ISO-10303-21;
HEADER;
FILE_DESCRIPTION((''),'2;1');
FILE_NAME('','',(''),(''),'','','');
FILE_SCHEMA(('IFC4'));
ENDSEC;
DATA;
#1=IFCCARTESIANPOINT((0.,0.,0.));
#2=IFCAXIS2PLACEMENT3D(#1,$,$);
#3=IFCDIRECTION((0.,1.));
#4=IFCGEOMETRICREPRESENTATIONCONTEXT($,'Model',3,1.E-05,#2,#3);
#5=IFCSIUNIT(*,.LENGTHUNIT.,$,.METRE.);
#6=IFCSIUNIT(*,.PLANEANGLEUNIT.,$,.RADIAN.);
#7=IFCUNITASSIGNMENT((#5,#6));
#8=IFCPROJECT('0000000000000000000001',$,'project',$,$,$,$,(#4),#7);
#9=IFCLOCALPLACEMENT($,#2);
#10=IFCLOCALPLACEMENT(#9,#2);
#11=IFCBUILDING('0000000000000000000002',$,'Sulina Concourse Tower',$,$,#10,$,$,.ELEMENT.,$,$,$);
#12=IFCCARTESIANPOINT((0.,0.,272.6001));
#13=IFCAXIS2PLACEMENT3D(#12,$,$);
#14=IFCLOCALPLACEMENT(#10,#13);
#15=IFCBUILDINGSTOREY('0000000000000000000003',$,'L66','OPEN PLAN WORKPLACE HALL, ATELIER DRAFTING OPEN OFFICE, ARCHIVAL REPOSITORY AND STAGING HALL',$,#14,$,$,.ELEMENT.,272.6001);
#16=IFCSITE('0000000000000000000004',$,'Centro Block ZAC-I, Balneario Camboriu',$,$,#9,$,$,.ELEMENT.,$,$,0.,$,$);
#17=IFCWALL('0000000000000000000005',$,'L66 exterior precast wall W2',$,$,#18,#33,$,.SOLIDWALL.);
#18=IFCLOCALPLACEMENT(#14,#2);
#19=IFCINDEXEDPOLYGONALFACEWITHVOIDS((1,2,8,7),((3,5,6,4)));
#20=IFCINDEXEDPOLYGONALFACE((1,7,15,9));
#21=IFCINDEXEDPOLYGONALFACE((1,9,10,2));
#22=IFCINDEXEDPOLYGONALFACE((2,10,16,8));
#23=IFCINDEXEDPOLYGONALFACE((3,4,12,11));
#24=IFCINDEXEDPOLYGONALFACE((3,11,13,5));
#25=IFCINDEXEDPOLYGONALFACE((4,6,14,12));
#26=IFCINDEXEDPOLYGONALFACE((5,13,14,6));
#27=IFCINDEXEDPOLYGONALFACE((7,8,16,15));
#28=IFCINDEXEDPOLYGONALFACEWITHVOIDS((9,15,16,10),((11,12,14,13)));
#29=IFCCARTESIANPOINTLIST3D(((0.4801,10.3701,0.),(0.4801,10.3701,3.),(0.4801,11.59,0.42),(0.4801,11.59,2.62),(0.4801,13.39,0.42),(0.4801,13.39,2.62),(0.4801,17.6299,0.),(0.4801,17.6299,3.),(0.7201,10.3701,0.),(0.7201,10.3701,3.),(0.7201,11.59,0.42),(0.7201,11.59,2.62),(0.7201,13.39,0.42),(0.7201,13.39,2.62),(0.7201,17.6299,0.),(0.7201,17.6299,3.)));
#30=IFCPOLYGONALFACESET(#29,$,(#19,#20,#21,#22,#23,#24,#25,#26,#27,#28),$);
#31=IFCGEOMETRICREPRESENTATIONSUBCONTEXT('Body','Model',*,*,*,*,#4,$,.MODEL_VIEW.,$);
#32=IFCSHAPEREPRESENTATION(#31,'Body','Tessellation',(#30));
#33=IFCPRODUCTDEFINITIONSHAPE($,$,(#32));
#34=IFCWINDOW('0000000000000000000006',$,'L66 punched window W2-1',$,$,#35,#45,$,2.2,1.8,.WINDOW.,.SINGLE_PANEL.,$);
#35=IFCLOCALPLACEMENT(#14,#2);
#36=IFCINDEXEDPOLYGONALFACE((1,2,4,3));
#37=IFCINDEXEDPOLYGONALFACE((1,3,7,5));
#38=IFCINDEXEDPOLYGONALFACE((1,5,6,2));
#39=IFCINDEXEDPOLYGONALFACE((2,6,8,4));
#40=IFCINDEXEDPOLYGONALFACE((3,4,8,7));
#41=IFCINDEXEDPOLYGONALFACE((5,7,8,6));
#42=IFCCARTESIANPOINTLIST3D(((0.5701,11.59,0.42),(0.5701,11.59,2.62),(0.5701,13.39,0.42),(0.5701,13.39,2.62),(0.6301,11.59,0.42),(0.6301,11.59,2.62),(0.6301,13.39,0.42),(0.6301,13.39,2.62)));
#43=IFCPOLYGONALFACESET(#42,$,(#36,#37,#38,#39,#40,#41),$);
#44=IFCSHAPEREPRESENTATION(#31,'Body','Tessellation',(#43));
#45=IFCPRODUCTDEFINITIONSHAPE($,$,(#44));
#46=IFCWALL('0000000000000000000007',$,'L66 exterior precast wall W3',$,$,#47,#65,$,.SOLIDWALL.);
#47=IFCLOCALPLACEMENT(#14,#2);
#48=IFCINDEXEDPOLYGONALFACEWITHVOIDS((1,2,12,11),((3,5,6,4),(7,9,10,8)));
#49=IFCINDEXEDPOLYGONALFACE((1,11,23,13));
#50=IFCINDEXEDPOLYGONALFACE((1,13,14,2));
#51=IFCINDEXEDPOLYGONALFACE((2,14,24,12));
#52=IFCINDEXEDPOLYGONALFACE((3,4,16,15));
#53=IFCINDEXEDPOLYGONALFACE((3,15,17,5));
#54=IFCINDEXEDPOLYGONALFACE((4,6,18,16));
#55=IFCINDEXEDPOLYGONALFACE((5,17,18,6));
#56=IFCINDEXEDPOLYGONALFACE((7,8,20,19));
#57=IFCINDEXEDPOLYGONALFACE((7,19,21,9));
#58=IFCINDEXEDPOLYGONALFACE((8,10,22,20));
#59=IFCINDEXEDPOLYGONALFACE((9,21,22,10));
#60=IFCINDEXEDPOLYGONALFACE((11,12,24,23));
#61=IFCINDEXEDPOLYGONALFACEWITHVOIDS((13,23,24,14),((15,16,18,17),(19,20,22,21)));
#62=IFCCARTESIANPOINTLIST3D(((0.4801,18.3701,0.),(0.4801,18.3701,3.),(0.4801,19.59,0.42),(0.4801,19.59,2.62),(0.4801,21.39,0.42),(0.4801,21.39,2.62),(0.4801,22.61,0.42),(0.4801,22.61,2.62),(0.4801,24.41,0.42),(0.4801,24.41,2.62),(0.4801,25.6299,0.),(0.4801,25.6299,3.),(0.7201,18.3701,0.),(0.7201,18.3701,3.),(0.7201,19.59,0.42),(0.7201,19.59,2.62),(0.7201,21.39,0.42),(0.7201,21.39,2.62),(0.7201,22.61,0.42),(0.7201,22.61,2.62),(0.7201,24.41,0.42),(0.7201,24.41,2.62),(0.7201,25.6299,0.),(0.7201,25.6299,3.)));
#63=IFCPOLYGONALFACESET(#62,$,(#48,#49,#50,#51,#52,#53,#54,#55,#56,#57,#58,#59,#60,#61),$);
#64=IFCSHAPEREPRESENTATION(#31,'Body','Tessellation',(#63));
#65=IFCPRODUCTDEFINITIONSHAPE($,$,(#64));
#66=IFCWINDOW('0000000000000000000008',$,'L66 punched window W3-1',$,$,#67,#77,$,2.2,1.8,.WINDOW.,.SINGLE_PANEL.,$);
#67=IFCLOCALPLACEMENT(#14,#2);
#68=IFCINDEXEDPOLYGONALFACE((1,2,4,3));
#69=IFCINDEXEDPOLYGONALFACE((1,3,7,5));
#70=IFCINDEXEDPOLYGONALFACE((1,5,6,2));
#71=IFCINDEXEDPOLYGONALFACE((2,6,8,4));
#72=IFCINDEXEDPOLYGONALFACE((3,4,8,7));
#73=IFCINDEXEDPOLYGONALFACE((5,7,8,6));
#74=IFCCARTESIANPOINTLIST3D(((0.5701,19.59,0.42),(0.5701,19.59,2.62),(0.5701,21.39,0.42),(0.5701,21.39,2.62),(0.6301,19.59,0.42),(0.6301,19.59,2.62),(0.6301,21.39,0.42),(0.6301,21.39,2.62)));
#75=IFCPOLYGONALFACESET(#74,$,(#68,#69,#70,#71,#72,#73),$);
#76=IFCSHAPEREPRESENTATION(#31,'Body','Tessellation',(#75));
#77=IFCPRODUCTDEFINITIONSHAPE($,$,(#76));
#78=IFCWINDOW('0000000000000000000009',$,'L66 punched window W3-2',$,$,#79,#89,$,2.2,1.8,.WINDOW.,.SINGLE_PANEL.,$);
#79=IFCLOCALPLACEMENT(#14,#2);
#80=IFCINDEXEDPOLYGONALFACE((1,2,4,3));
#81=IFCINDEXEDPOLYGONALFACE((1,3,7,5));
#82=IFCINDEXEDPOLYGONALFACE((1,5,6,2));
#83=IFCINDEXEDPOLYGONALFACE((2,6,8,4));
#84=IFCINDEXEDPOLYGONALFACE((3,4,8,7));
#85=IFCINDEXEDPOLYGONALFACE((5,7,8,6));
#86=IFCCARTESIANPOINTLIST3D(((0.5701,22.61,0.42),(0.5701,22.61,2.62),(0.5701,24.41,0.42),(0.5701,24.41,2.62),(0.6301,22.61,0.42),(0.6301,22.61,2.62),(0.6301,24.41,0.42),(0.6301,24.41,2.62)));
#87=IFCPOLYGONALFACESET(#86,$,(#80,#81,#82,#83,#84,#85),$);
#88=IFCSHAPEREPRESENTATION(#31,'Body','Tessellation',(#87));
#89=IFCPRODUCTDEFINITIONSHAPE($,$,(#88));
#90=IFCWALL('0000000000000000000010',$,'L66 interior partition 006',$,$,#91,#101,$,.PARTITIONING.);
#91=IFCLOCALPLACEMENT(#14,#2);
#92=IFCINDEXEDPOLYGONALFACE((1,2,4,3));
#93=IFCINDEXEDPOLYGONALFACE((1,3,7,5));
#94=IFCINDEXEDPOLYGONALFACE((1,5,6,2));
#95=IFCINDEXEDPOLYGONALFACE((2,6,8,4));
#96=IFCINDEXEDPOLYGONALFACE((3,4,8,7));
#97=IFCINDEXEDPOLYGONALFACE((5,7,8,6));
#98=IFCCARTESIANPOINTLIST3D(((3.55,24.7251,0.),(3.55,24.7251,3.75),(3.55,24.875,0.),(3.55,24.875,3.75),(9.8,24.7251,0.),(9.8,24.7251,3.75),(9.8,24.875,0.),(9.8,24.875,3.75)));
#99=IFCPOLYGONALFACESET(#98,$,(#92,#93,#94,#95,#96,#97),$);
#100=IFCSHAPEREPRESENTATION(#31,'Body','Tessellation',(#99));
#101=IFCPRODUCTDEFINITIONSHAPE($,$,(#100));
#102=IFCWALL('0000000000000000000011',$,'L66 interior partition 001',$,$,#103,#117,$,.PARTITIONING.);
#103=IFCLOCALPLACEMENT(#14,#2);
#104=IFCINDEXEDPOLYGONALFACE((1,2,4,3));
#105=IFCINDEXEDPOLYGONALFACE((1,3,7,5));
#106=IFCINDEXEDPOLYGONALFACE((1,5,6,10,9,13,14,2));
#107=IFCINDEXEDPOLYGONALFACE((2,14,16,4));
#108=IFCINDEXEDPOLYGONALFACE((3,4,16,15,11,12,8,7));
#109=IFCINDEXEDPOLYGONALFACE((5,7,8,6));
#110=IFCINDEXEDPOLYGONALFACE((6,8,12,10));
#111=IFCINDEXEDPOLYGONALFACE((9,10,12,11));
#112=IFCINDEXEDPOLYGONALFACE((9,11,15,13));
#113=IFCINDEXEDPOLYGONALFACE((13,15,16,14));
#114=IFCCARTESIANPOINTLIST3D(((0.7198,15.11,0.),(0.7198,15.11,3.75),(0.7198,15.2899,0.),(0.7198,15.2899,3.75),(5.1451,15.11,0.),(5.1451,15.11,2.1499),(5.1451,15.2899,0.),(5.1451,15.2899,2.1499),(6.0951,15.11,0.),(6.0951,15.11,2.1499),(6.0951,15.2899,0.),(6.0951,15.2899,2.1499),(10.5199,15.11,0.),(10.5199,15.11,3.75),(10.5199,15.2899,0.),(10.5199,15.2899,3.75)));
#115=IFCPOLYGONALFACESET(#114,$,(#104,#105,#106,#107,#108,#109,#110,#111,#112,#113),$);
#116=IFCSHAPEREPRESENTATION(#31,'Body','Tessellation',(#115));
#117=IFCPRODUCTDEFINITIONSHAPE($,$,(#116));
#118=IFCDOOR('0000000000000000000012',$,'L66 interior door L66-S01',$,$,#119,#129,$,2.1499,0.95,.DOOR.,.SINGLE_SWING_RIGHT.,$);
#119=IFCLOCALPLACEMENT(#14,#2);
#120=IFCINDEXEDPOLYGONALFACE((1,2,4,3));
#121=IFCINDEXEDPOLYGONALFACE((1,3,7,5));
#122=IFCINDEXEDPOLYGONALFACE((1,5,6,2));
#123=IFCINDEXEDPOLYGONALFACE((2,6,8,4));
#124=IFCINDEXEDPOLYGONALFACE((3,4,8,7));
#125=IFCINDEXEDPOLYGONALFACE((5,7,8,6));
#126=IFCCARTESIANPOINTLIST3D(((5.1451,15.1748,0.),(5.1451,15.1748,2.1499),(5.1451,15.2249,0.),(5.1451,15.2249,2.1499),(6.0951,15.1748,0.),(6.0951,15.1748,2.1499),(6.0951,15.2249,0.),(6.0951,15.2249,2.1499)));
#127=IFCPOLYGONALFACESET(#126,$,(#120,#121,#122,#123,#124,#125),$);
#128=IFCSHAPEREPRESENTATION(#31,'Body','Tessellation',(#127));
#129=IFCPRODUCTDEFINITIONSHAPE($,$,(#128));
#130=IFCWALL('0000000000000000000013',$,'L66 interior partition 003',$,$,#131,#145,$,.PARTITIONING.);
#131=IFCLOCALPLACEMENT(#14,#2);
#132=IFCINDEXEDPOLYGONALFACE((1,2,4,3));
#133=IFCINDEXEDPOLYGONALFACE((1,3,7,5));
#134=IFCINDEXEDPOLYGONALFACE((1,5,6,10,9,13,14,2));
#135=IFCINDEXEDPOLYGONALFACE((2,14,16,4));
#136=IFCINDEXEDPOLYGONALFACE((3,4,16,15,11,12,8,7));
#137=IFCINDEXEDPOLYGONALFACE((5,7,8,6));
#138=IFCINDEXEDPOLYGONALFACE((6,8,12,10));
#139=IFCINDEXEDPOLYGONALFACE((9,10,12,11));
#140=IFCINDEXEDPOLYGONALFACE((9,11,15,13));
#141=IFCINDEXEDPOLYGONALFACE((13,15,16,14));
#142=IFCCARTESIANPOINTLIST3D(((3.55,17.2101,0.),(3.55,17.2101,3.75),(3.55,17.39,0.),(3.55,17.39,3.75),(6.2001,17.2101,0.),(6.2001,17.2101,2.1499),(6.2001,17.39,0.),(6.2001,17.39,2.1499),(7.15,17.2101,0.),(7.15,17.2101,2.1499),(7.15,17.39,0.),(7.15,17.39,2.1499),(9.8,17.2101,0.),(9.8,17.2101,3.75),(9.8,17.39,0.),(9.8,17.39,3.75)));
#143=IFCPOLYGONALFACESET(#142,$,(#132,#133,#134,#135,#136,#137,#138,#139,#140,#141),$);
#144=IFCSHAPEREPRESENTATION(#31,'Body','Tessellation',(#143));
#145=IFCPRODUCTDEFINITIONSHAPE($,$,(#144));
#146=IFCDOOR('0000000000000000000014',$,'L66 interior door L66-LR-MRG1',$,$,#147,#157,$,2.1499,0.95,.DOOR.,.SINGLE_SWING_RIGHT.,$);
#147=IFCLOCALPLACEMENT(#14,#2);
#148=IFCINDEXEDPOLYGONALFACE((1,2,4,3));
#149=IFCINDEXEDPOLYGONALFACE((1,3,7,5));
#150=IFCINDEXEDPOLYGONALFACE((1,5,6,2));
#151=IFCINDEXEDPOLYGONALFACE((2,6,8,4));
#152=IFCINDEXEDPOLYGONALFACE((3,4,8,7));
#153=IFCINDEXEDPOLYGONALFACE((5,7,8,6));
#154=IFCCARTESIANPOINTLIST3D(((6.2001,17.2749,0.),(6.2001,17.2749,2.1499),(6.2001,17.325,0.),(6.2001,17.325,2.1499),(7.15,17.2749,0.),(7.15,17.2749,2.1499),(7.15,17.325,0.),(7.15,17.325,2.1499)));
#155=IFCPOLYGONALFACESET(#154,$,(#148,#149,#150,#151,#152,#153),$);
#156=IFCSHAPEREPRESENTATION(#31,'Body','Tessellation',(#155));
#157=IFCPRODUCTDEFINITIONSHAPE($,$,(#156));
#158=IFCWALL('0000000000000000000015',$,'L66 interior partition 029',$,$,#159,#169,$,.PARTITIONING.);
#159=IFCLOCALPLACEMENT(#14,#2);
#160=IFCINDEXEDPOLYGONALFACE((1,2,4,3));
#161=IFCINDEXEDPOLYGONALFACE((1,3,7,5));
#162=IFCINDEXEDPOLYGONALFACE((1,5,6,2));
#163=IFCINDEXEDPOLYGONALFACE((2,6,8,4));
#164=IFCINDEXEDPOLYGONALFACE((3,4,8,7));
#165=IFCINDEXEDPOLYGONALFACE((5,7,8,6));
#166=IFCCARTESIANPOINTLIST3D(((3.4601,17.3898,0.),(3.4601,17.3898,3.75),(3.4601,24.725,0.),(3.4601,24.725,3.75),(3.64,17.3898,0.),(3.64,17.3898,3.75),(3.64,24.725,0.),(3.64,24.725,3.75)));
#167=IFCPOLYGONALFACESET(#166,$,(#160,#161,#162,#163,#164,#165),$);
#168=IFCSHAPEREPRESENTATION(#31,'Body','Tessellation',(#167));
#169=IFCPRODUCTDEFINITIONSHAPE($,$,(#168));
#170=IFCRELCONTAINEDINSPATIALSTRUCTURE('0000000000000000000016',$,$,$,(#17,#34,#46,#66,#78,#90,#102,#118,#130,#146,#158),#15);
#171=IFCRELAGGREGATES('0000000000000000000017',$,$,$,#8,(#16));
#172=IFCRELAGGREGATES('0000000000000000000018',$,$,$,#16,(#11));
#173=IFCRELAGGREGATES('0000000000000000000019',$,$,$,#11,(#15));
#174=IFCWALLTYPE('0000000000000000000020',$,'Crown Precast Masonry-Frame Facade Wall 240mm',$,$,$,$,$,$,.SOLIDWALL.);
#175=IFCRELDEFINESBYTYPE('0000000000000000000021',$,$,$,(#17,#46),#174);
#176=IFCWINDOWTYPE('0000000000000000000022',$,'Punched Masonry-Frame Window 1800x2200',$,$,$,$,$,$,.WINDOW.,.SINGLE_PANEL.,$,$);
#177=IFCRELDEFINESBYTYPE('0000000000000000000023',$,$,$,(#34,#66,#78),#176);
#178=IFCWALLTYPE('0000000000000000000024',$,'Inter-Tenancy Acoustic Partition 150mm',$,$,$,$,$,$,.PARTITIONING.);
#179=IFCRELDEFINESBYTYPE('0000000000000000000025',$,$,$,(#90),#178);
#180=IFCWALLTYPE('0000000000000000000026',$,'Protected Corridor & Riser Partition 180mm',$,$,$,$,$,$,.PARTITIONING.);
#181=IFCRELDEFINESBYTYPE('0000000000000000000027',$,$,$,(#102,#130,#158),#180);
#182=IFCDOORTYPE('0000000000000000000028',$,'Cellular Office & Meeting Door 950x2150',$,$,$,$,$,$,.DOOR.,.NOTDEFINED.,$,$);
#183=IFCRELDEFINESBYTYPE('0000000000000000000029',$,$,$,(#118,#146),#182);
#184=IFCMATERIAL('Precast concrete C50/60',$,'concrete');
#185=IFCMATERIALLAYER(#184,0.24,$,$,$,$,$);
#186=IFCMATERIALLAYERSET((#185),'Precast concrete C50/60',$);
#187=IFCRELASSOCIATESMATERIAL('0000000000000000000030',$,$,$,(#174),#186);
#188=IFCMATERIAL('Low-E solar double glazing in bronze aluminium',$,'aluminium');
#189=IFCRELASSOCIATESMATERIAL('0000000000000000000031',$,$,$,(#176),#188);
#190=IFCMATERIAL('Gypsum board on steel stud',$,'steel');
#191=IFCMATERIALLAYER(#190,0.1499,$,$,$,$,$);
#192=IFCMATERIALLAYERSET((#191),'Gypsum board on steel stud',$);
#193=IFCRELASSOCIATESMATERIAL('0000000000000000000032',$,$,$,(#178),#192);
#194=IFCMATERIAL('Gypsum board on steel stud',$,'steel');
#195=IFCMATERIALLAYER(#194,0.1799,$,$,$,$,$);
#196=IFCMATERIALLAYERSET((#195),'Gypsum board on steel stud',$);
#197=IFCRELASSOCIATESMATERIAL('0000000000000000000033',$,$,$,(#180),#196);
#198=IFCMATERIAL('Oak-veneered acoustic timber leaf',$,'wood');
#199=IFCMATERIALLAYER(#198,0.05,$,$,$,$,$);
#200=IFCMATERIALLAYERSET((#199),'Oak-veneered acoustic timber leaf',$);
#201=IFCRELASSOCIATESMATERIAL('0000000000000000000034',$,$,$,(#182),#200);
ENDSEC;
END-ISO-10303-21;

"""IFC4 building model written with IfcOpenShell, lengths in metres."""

from ifc_helpers import new_model, si_unit, direction, frame, frame_2d, origin, place, context, subcontext, project, spatial, rectangle, extrude, material, layer, layer_set, type_object, element, fill, save


model = new_model("IFC4")

# Units and contexts
model_context = context("Model", 3, precision=1e-05, world=origin(), true_north=direction((0.0, 1.0)))
body_context = subcontext(model_context, "Body", "Model", "MODEL_VIEW")
ifc_project = project(units=[si_unit("LENGTHUNIT", "METRE"), si_unit("PLANEANGLEUNIT", "RADIAN")], contexts=[model_context])

# Site, building, storey
site_placement = place(None, origin())
site = spatial("IfcSite", under=ifc_project, at=site_placement, Name="Centro Block ZAC-I, Balneario Camboriu", CompositionType="ELEMENT", RefElevation=0.0)
building_placement = place(site_placement, origin())
building = spatial("IfcBuilding", under=site, at=building_placement, Name="Sulina Concourse Tower", CompositionType="ELEMENT")
storey_placement = place(building_placement, frame((0.0, 0.0, 272.6001)))
storey = spatial("IfcBuildingStorey", under=building, at=storey_placement, Name="L66", Description="OPEN PLAN WORKPLACE HALL, ATELIER DRAFTING OPEN OFFICE, ARCHIVAL REPOSITORY AND STAGING HALL", CompositionType="ELEMENT", Elevation=272.6001)

# Wall, opening, window
ifc_material_1 = material(Name="Precast concrete C50/60", Category="concrete")
ifc_layer_1 = layer(ifc_material_1, 0.24)
ifc_layer_set_1 = layer_set([ifc_layer_1], Name="Precast concrete C50/60")
wall_type_1 = type_object("IfcWallType", Name="Crown Precast Masonry-Frame Facade Wall 240mm", PredefinedType="SOLIDWALL", material=ifc_layer_set_1)
wall_1_placement = place(storey_placement, frame((0.6001, 10.3701, 0.0), z_axis=(0.0, 0.0, 1.0), x_axis=(0.0, 1.0, 0.0)))
wall_1 = element("IfcWall", 1, at=wall_1_placement, inside=storey, type_object=wall_type_1, Name="L66 exterior precast wall W2", PredefinedType="SOLIDWALL", context=body_context, shape_type="SweptSolid", body=[
    extrude(rectangle(XDim=7.2598, YDim=0.24, at=frame_2d((3.6299, 0.0))), origin(), (0.0, 0.0, 1.0), 3.0),
])
opening_1_placement = place(wall_1_placement, frame((1.22, 0.0, 0.4199)))
opening_1 = element("IfcOpeningElement", 2, at=opening_1_placement, cuts=wall_1, PredefinedType="OPENING", context=body_context, shape_type="SweptSolid", body=[
    extrude(rectangle(XDim=1.8, YDim=2.2, at=frame_2d((0.8999, 1.1001))), frame((0.0, 0.1299, 0.0), z_axis=(0.0, -1.0, 0.0), x_axis=(1.0, 0.0, 0.0)), (0.0, 0.0, 1.0), 0.26),
])
ifc_material_2 = material(Name="Low-E solar double glazing in bronze aluminium", Category="aluminium")
window_type = type_object("IfcWindowType", Name="Punched Masonry-Frame Window 1800x2200", PartitioningType="SINGLE_PANEL", PredefinedType="WINDOW", material=ifc_material_2)
window_1_placement = place(opening_1_placement, origin())
window_1 = element("IfcWindow", 3, at=window_1_placement, inside=storey, type_object=window_type, Name="L66 punched window W2-1", OverallHeight=2.2, OverallWidth=1.8, PartitioningType="SINGLE_PANEL", PredefinedType="WINDOW", context=body_context, shape_type="SweptSolid", body=[
    extrude(rectangle(XDim=1.8, YDim=2.2, at=frame_2d((0.8999, 1.1001))), frame((0.0, 0.03, 0.0), z_axis=(0.0, -1.0, 0.0), x_axis=(1.0, 0.0, 0.0)), (0.0, 0.0, 1.0), 0.0601),
])
fill(opening_1, window_1)

# Wall, openings, windows
wall_2_placement = place(storey_placement, frame((0.6001, 18.3701, 0.0), z_axis=(0.0, 0.0, 1.0), x_axis=(0.0, 1.0, 0.0)))
wall_2 = element("IfcWall", 4, at=wall_2_placement, inside=storey, type_object=wall_type_1, Name="L66 exterior precast wall W3", PredefinedType="SOLIDWALL", context=body_context, shape_type="SweptSolid", body=[
    extrude(rectangle(XDim=7.2598, YDim=0.24, at=frame_2d((3.6299, 0.0))), origin(), (0.0, 0.0, 1.0), 3.0),
])
opening_2_placement = place(wall_2_placement, frame((1.22, 0.0, 0.4199)))
opening_2 = element("IfcOpeningElement", 5, at=opening_2_placement, cuts=wall_2, PredefinedType="OPENING", context=body_context, shape_type="SweptSolid", body=[
    extrude(rectangle(XDim=1.8, YDim=2.2, at=frame_2d((0.8999, 1.1001))), frame((0.0, 0.1299, 0.0), z_axis=(0.0, -1.0, 0.0), x_axis=(1.0, 0.0, 0.0)), (0.0, 0.0, 1.0), 0.26),
])
opening_3_placement = place(wall_2_placement, frame((4.24, 0.0, 0.4199)))
opening_3 = element("IfcOpeningElement", 6, at=opening_3_placement, cuts=wall_2, PredefinedType="OPENING", context=body_context, shape_type="SweptSolid", body=[
    extrude(rectangle(XDim=1.8, YDim=2.2, at=frame_2d((0.8999, 1.1001))), frame((0.0, 0.1299, 0.0), z_axis=(0.0, -1.0, 0.0), x_axis=(1.0, 0.0, 0.0)), (0.0, 0.0, 1.0), 0.26),
])
window_2_placement = place(opening_2_placement, origin())
window_2 = element("IfcWindow", 7, at=window_2_placement, inside=storey, type_object=window_type, Name="L66 punched window W3-1", OverallHeight=2.2, OverallWidth=1.8, PartitioningType="SINGLE_PANEL", PredefinedType="WINDOW", context=body_context, shape_type="SweptSolid", body=[
    extrude(rectangle(XDim=1.8, YDim=2.2, at=frame_2d((0.8999, 1.1001))), frame((0.0, 0.03, 0.0), z_axis=(0.0, -1.0, 0.0), x_axis=(1.0, 0.0, 0.0)), (0.0, 0.0, 1.0), 0.0601),
])
fill(opening_2, window_2)
window_3_placement = place(opening_3_placement, origin())
window_3 = element("IfcWindow", 8, at=window_3_placement, inside=storey, type_object=window_type, Name="L66 punched window W3-2", OverallHeight=2.2, OverallWidth=1.8, PartitioningType="SINGLE_PANEL", PredefinedType="WINDOW", context=body_context, shape_type="SweptSolid", body=[
    extrude(rectangle(XDim=1.8, YDim=2.2, at=frame_2d((0.8999, 1.1001))), frame((0.0, 0.03, 0.0), z_axis=(0.0, -1.0, 0.0), x_axis=(1.0, 0.0, 0.0)), (0.0, 0.0, 1.0), 0.0601),
])
fill(opening_3, window_3)

# Wall
ifc_material_3 = material(Name="Gypsum board on steel stud", Category="steel")
ifc_layer_2 = layer(ifc_material_3, 0.1499)
ifc_layer_set_2 = layer_set([ifc_layer_2], Name="Gypsum board on steel stud")
wall_type_2 = type_object("IfcWallType", Name="Inter-Tenancy Acoustic Partition 150mm", PredefinedType="PARTITIONING", material=ifc_layer_set_2)
wall_3_placement = place(storey_placement, frame((3.55, 24.8, 0.0), z_axis=(0.0, 0.0, 1.0), x_axis=(1.0, 0.0, 0.0)))
element("IfcWall", 9, at=wall_3_placement, inside=storey, type_object=wall_type_2, Name="L66 interior partition 006", PredefinedType="PARTITIONING", context=body_context, shape_type="SweptSolid", body=[
    extrude(rectangle(XDim=6.25, YDim=0.1499, at=frame_2d((3.125, 0.0))), origin(), (0.0, 0.0, 1.0), 3.75),
])

# Walls, openings, doors
ifc_material_4 = material(Name="Gypsum board on steel stud", Category="steel")
ifc_layer_3 = layer(ifc_material_4, 0.1799)
ifc_layer_set_3 = layer_set([ifc_layer_3], Name="Gypsum board on steel stud")
wall_type_3 = type_object("IfcWallType", Name="Protected Corridor & Riser Partition 180mm", PredefinedType="PARTITIONING", material=ifc_layer_set_3)
wall_4_placement = place(storey_placement, frame((0.72, 15.2, 0.0), z_axis=(0.0, 0.0, 1.0), x_axis=(1.0, 0.0, 0.0)))
wall_4 = element("IfcWall", 10, at=wall_4_placement, inside=storey, type_object=wall_type_3, Name="L66 interior partition 001", PredefinedType="PARTITIONING", context=body_context, shape_type="SweptSolid", body=[
    extrude(rectangle(XDim=9.8, YDim=0.1799, at=frame_2d((4.8999, 0.0))), origin(), (0.0, 0.0, 1.0), 3.75),
])
opening_4_placement = place(wall_4_placement, frame((4.425, 0.0, 0.0)))
opening_4 = element("IfcOpeningElement", 11, at=opening_4_placement, cuts=wall_4, PredefinedType="OPENING", context=body_context, shape_type="SweptSolid", body=[
    extrude(rectangle(XDim=0.95, YDim=2.1499, at=frame_2d((0.4751, 1.075))), frame((0.0, 0.0999, 0.0), z_axis=(0.0, -1.0, 0.0), x_axis=(1.0, 0.0, 0.0)), (0.0, 0.0, 1.0), 0.2),
])
ifc_material_5 = material(Name="Oak-veneered acoustic timber leaf", Category="wood")
ifc_layer_4 = layer(ifc_material_5, 0.05)
ifc_layer_set_4 = layer_set([ifc_layer_4], Name="Oak-veneered acoustic timber leaf")
door_type_1 = type_object("IfcDoorType", Name="Cellular Office & Meeting Door 950x2150", OperationType="NOTDEFINED", PredefinedType="DOOR", material=ifc_layer_set_4)
door_1_placement = place(opening_4_placement, origin())
door_1 = element("IfcDoor", 12, at=door_1_placement, inside=storey, type_object=door_type_1, Name="L66 interior door L66-S01", OperationType="SINGLE_SWING_RIGHT", OverallHeight=2.1499, OverallWidth=0.95, PredefinedType="DOOR", context=body_context, shape_type="SweptSolid", body=[
    extrude(rectangle(XDim=0.95, YDim=2.1499, at=frame_2d((0.4751, 1.075))), frame((0.0, 0.0249, 0.0), z_axis=(0.0, -1.0, 0.0), x_axis=(1.0, 0.0, 0.0)), (0.0, 0.0, 1.0), 0.05),
])
fill(opening_4, door_1)
wall_5_placement = place(storey_placement, frame((3.55, 17.3, 0.0), z_axis=(0.0, 0.0, 1.0), x_axis=(1.0, 0.0, 0.0)))
wall_5 = element("IfcWall", 13, at=wall_5_placement, inside=storey, type_object=wall_type_3, Name="L66 interior partition 003", PredefinedType="PARTITIONING", context=body_context, shape_type="SweptSolid", body=[
    extrude(rectangle(XDim=6.25, YDim=0.1799, at=frame_2d((3.125, 0.0))), origin(), (0.0, 0.0, 1.0), 3.75),
])
opening_5_placement = place(wall_5_placement, frame((2.6499, 0.0, 0.0)))
opening_5 = element("IfcOpeningElement", 14, at=opening_5_placement, cuts=wall_5, PredefinedType="OPENING", context=body_context, shape_type="SweptSolid", body=[
    extrude(rectangle(XDim=0.95, YDim=2.1499, at=frame_2d((0.4751, 1.075))), frame((0.0, 0.0999, 0.0), z_axis=(0.0, -1.0, 0.0), x_axis=(1.0, 0.0, 0.0)), (0.0, 0.0, 1.0), 0.2),
])
door_2_placement = place(opening_5_placement, origin())
door_2 = element("IfcDoor", 15, at=door_2_placement, inside=storey, type_object=door_type_1, Name="L66 interior door L66-LR-MRG1", OperationType="SINGLE_SWING_RIGHT", OverallHeight=2.1499, OverallWidth=0.95, PredefinedType="DOOR", context=body_context, shape_type="SweptSolid", body=[
    extrude(rectangle(XDim=0.95, YDim=2.1499, at=frame_2d((0.4751, 1.075))), frame((0.0, 0.0249, 0.0), z_axis=(0.0, -1.0, 0.0), x_axis=(1.0, 0.0, 0.0)), (0.0, 0.0, 1.0), 0.05),
])
fill(opening_5, door_2)

# Wall
wall_6_placement = place(storey_placement, frame((3.55, 17.3899, 0.0), z_axis=(0.0, 0.0, 1.0), x_axis=(0.0, 1.0, 0.0)))
element("IfcWall", 16, at=wall_6_placement, inside=storey, type_object=wall_type_3, Name="L66 interior partition 029", PredefinedType="PARTITIONING", context=body_context, shape_type="SweptSolid", body=[
    extrude(rectangle(XDim=7.3352, YDim=0.1799, at=frame_2d((3.6675, 0.0))), origin(), (0.0, 0.0, 1.0), 3.75),
])

save(model, "model.ifc")
